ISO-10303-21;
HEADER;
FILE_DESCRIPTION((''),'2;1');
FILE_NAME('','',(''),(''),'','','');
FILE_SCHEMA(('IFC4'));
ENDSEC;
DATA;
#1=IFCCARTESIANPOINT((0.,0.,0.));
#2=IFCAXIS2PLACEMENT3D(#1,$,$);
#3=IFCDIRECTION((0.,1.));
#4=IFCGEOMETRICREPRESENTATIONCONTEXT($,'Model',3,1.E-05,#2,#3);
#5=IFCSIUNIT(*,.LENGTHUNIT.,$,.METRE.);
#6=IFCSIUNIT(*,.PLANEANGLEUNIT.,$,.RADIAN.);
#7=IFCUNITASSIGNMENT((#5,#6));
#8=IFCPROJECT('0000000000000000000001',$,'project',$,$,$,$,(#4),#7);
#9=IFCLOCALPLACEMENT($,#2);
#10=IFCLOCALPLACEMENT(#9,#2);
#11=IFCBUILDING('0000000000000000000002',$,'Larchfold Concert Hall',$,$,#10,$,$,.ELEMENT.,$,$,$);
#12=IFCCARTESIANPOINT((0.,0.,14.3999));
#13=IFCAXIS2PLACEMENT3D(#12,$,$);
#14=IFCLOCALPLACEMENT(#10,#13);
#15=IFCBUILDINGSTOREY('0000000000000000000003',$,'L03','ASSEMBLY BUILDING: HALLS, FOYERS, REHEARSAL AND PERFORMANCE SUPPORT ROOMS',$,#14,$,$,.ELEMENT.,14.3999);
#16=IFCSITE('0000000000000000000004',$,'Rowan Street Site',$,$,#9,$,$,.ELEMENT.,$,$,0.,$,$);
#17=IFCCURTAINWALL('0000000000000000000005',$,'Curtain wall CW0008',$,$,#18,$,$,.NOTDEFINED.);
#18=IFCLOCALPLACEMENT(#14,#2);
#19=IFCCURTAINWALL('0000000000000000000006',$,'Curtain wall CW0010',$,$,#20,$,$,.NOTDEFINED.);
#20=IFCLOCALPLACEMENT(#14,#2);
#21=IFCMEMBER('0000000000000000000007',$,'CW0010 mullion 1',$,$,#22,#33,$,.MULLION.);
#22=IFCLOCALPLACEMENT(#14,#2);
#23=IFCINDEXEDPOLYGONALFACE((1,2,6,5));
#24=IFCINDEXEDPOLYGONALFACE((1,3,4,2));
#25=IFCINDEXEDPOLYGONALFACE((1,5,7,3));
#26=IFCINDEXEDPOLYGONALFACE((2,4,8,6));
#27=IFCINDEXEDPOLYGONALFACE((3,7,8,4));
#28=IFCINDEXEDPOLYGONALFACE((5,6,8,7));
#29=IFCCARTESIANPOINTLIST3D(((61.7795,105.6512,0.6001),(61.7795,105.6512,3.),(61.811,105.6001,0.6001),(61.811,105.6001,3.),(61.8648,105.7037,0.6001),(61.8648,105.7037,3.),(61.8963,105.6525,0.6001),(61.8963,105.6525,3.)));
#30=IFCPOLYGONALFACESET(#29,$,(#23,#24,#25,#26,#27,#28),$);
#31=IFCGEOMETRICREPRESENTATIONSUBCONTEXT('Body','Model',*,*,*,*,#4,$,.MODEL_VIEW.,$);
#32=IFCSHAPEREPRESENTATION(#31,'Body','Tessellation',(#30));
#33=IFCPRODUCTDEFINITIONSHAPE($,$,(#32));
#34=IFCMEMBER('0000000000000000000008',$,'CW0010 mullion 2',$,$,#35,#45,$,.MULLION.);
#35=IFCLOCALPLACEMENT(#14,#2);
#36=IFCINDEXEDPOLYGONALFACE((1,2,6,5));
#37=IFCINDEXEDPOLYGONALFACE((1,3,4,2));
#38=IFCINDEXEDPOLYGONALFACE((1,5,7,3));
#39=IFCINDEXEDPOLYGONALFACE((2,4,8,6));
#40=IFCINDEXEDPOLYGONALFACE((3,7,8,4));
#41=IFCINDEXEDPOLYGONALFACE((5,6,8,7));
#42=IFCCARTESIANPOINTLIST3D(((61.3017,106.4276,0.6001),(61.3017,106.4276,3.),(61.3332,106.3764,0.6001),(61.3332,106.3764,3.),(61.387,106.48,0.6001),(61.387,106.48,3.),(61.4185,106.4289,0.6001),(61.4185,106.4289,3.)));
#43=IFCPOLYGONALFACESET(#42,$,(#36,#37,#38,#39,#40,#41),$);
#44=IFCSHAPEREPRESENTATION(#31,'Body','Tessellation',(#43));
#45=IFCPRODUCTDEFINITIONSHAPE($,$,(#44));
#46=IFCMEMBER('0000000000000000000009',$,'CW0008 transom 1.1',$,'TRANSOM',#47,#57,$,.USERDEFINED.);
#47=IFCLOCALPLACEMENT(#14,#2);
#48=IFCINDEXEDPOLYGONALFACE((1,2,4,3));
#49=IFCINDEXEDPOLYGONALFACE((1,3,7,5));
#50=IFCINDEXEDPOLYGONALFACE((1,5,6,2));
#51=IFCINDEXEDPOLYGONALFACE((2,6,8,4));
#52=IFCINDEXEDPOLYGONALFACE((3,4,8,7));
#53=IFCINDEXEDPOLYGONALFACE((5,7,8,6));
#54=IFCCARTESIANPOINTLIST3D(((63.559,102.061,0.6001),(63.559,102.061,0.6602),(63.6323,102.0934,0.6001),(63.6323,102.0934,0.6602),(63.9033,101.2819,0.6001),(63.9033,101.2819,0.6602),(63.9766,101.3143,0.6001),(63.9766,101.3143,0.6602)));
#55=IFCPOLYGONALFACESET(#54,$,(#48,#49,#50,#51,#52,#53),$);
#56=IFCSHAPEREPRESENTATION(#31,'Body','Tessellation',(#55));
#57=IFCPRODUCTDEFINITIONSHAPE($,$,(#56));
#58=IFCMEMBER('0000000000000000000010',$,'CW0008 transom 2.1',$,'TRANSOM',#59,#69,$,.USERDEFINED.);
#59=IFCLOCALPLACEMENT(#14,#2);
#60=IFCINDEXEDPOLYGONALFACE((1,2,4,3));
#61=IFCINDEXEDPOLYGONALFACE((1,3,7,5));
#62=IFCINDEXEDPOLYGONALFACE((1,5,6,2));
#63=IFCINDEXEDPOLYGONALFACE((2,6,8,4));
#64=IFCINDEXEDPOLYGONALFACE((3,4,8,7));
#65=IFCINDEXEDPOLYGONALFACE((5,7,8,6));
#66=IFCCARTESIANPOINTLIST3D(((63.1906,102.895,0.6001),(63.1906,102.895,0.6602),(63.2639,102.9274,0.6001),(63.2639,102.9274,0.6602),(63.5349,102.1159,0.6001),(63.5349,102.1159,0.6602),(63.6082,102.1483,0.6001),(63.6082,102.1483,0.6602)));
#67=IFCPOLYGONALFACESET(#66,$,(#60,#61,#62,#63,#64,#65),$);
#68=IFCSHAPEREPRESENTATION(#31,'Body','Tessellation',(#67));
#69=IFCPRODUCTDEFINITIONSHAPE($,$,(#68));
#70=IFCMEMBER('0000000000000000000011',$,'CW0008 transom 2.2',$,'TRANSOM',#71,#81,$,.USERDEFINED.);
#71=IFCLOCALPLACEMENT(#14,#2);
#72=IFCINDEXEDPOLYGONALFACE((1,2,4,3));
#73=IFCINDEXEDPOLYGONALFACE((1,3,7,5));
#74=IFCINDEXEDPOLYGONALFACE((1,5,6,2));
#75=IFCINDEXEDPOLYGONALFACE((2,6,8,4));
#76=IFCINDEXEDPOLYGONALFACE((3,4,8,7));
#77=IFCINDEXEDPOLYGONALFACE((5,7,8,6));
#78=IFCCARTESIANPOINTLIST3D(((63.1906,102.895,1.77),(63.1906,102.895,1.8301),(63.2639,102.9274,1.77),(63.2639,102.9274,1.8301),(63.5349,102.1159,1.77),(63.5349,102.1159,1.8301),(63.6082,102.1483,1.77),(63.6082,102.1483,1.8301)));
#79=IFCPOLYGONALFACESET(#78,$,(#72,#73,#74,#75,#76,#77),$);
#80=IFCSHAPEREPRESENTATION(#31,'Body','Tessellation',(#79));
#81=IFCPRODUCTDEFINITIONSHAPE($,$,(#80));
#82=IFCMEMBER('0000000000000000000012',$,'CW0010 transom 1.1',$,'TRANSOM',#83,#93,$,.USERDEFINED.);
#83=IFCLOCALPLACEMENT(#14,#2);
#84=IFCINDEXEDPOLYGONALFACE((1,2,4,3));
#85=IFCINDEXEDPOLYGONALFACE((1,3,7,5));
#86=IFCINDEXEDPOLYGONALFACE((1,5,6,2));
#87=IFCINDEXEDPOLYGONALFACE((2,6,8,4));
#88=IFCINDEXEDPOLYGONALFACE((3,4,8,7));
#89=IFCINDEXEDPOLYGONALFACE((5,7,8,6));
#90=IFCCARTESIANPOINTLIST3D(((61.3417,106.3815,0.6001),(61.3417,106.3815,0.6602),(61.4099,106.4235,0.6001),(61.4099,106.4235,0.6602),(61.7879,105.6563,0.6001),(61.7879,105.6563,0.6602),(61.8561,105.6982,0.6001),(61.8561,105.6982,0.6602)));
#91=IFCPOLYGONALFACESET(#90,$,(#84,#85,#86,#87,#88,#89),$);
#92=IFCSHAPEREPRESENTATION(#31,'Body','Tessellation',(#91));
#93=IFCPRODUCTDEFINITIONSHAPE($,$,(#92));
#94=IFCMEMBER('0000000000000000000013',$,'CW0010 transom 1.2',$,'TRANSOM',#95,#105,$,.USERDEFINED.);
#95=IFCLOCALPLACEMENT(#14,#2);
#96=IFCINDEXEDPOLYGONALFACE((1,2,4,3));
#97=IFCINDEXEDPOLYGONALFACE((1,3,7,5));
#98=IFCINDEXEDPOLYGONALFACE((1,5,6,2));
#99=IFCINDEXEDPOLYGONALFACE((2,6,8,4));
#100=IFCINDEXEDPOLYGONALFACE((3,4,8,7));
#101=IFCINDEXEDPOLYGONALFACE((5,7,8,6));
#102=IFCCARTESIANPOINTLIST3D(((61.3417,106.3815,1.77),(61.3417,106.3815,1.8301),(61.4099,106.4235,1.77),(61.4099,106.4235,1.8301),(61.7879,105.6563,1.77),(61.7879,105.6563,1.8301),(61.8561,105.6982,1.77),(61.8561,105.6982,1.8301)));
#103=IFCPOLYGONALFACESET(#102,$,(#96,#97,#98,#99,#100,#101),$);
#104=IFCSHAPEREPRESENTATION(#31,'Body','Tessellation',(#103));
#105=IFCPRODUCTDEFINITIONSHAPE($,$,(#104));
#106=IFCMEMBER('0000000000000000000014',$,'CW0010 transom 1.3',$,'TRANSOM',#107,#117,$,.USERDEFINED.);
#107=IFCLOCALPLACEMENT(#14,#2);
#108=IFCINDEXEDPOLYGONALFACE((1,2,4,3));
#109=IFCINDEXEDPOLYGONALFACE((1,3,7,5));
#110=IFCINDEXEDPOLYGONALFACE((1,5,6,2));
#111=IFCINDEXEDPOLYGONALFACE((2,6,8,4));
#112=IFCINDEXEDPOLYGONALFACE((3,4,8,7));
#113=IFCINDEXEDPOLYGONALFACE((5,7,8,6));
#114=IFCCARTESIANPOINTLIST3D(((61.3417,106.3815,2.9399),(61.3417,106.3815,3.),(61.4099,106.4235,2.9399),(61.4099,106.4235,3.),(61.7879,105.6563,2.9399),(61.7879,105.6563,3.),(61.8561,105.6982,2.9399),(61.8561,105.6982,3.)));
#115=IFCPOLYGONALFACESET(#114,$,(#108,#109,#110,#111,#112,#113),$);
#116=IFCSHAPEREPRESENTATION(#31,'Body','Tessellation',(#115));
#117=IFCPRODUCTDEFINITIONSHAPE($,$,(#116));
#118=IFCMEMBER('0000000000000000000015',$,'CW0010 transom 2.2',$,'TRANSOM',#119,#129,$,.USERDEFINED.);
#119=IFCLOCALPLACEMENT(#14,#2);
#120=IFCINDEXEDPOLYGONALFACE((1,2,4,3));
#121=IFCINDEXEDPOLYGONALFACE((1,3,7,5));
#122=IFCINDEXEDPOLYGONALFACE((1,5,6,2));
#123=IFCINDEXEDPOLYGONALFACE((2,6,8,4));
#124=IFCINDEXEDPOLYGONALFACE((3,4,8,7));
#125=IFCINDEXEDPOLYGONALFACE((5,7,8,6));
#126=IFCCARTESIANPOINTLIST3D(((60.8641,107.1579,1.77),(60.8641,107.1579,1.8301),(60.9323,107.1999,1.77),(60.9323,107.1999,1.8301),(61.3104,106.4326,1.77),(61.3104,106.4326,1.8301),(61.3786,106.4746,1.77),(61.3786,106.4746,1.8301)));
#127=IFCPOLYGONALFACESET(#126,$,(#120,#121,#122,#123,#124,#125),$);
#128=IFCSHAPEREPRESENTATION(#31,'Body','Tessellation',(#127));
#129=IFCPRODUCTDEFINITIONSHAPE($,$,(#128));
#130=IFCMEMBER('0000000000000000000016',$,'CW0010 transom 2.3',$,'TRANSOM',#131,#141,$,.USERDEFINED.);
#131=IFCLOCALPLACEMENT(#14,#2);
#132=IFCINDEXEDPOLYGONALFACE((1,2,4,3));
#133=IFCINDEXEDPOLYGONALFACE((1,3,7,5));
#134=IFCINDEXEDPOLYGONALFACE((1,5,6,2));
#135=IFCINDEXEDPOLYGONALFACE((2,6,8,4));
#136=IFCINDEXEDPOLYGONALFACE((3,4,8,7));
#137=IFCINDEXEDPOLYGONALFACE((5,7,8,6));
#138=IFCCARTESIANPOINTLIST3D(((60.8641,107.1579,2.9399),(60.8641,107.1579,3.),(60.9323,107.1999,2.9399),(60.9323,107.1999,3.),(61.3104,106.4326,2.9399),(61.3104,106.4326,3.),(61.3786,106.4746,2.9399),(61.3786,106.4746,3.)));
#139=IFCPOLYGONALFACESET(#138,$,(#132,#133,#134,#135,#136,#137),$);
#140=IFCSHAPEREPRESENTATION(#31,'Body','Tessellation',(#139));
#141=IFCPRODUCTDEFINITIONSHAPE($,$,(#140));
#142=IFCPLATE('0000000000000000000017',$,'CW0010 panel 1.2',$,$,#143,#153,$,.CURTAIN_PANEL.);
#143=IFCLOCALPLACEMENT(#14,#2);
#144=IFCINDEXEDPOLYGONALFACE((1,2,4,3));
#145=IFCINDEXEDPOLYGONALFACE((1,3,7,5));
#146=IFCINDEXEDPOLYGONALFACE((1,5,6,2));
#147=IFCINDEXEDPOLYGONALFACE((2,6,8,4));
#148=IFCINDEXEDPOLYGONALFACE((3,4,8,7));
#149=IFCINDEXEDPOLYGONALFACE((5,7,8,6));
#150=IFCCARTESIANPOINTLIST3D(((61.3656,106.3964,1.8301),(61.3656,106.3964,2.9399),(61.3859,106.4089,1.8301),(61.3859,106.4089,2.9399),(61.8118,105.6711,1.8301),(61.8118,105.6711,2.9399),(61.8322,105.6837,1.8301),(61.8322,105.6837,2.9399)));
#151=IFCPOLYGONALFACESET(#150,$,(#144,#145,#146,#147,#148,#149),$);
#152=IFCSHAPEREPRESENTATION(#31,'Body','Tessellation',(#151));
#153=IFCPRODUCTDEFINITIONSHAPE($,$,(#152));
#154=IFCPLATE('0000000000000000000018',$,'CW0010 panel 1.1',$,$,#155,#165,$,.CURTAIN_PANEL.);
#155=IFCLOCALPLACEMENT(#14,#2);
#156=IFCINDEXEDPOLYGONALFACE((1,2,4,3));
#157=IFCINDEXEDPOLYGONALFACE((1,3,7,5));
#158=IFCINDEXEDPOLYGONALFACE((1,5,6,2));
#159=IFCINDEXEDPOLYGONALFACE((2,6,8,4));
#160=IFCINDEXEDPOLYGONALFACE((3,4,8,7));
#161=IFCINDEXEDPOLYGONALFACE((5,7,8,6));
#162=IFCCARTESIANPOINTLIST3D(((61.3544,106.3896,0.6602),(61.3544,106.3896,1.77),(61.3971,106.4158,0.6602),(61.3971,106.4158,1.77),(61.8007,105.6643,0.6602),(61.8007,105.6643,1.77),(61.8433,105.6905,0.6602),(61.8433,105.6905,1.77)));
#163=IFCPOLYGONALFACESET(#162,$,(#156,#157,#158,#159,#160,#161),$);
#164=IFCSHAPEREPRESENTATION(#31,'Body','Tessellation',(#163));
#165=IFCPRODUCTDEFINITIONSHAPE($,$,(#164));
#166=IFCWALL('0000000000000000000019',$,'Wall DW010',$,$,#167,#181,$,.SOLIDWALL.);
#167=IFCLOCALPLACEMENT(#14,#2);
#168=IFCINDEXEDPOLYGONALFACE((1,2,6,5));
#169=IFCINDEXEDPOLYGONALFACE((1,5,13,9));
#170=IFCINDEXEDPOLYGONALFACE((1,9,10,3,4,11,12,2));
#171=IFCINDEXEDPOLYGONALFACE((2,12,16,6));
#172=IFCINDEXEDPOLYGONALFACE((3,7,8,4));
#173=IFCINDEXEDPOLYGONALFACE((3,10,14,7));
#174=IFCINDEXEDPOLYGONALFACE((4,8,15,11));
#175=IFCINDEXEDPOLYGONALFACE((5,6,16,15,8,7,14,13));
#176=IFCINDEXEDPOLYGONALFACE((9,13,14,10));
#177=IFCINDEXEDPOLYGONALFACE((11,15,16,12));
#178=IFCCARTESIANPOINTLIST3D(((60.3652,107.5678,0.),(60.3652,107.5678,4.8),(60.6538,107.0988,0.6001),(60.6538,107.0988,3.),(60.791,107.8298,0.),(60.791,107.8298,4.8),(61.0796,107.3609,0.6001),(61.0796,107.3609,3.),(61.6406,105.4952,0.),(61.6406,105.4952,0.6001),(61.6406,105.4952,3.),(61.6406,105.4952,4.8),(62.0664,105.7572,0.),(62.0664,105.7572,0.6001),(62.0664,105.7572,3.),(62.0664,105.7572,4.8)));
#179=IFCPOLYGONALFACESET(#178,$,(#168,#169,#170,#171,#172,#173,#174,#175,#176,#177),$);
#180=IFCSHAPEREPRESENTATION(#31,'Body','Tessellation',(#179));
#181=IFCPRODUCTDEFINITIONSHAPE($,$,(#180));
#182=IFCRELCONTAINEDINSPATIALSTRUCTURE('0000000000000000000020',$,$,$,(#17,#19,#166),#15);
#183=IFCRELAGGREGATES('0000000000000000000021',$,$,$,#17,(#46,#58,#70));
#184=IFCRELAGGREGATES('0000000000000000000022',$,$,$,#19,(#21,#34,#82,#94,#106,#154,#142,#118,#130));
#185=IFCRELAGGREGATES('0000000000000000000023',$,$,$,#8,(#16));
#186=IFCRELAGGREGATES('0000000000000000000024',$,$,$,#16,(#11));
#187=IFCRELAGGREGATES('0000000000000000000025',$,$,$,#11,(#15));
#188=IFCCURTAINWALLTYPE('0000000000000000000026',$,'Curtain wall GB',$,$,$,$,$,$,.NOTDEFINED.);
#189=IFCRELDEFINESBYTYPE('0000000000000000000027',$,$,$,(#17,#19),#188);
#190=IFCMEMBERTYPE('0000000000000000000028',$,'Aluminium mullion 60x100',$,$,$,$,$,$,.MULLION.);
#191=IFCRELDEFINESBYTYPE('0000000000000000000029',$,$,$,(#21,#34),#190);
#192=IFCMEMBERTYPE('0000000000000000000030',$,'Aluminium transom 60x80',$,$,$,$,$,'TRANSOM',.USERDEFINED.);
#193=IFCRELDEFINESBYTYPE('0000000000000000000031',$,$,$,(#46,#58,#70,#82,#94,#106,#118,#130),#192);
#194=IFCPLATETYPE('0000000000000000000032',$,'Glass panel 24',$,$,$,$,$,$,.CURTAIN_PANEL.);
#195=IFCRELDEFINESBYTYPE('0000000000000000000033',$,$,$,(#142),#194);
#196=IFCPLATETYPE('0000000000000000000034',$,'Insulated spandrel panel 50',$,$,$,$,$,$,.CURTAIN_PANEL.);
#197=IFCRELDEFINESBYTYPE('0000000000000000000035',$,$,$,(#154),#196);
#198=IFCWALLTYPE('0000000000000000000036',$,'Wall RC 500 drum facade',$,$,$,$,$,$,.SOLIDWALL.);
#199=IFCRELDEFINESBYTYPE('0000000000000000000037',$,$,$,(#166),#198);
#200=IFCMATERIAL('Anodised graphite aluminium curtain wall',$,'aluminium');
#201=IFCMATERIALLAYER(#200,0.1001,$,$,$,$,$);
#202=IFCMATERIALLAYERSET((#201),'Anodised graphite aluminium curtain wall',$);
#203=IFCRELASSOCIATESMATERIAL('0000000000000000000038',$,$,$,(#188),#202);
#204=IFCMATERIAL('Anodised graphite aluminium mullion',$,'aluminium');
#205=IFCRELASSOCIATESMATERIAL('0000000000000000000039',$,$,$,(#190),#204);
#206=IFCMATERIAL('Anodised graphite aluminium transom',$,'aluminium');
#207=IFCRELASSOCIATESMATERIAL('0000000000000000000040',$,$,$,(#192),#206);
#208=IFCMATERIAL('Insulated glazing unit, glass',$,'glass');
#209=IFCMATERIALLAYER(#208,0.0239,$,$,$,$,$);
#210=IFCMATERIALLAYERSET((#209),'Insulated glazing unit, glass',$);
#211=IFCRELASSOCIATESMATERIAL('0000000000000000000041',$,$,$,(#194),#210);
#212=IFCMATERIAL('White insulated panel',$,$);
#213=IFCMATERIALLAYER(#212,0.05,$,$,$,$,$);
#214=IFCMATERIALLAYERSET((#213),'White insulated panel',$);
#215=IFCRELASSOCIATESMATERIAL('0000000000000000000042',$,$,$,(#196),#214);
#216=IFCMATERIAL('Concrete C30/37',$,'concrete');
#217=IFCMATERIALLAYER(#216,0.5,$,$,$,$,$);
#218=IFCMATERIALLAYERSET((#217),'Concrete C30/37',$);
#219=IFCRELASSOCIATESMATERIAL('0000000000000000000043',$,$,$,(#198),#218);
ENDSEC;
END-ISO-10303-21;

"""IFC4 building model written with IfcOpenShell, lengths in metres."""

from ifc_helpers import new_model, si_unit, direction, frame, frame_2d, origin, origin_2d, place, context, subcontext, project, spatial, rectangle, extrude, material, layer, layer_set, material_profile, profile_set, type_object, element, fill, aggregate, save


model = new_model("IFC4")

# Units and contexts
model_context = context("Model", 3, precision=1e-05, world=origin(), true_north=direction((0.0, 1.0)))
body_context = subcontext(model_context, "Body", "Model", "MODEL_VIEW")
ifc_project = project(units=[si_unit("LENGTHUNIT", "METRE"), si_unit("PLANEANGLEUNIT", "RADIAN")], contexts=[model_context])

# Site, building, storey
site_placement = place(None, origin())
site = spatial("IfcSite", under=ifc_project, at=site_placement, Name="Rowan Street Site", CompositionType="ELEMENT", RefElevation=0.0)
building_placement = place(site_placement, origin())
building = spatial("IfcBuilding", under=site, at=building_placement, Name="Larchfold Concert Hall", CompositionType="ELEMENT")
storey_placement = place(building_placement, frame((0.0, 0.0, 14.3999)))
storey = spatial("IfcBuildingStorey", under=building, at=storey_placement, Name="L03", Description="ASSEMBLY BUILDING: HALLS, FOYERS, REHEARSAL AND PERFORMANCE SUPPORT ROOMS", CompositionType="ELEMENT", Elevation=14.3999)

# Curtain walls, members
ifc_material_1 = material(Name="Anodised graphite aluminium curtain wall", Category="aluminium")
ifc_layer_1 = layer(ifc_material_1, 0.1001)
ifc_layer_set_1 = layer_set([ifc_layer_1], Name="Anodised graphite aluminium curtain wall")
curtain_wall_type = type_object("IfcCurtainWallType", Name="Curtain wall GB", PredefinedType="NOTDEFINED", material=ifc_layer_set_1)
curtain_wall_1_placement = place(storey_placement, origin())
curtain_wall_1 = element("IfcCurtainWall", 1, at=curtain_wall_1_placement, inside=storey, type_object=curtain_wall_type, Name="Curtain wall CW0008", PredefinedType="NOTDEFINED")
ifc_material_2 = material(Name="Anodised graphite aluminium mullion", Category="aluminium")
ifc_material_profile_1 = material_profile(ifc_material_2, rectangle(XDim=0.1001, YDim=0.0601, at=origin_2d()))
ifc_profile_set_1 = profile_set([ifc_material_profile_1], Name="Anodised graphite aluminium mullion")
member_type_1 = type_object("IfcMemberType", Name="Aluminium mullion 60x100", PredefinedType="MULLION", material=ifc_profile_set_1)
curtain_wall_2_placement = place(storey_placement, origin())
curtain_wall_2 = element("IfcCurtainWall", 2, at=curtain_wall_2_placement, inside=storey, type_object=curtain_wall_type, Name="Curtain wall CW0010", PredefinedType="NOTDEFINED")
member_1_placement = place(storey_placement, frame((61.8379, 105.6519, 0.6001), z_axis=(0.0, 0.0, 1.0), x_axis=(-0.851685, -0.524054, 0.0)))
member_1 = element("IfcMember", 3, at=member_1_placement, type_object=member_type_1, Name="CW0010 mullion 1", PredefinedType="MULLION", context=body_context, shape_type="SweptSolid", body=[
    extrude(rectangle(XDim=0.1001, YDim=0.0601, at=origin_2d()), origin(), (0.0, 0.0, 1.0), 2.3999),
])
member_2_placement = place(storey_placement, frame((61.3601, 106.4282, 0.6001), z_axis=(0.0, 0.0, 1.0), x_axis=(-0.851685, -0.524054, 0.0)))
member_2 = element("IfcMember", 4, at=member_2_placement, type_object=member_type_1, Name="CW0010 mullion 2", PredefinedType="MULLION", context=body_context, shape_type="SweptSolid", body=[
    extrude(rectangle(XDim=0.1001, YDim=0.0601, at=origin_2d()), origin(), (0.0, 0.0, 1.0), 2.3999),
])

# Members
ifc_material_3 = material(Name="Anodised graphite aluminium transom", Category="aluminium")
ifc_material_profile_2 = material_profile(ifc_material_3, rectangle(XDim=0.0801, YDim=0.0601, at=origin_2d()))
ifc_profile_set_2 = profile_set([ifc_material_profile_2], Name="Anodised graphite aluminium transom")
member_type_2 = type_object("IfcMemberType", Name="Aluminium transom 60x80", ElementType="TRANSOM", PredefinedType="USERDEFINED", material=ifc_profile_set_2)
member_3_placement = place(storey_placement, frame((63.9399, 101.2981, 0.6301), z_axis=(-0.404169, 0.914684, 0.0), x_axis=(-0.914684, -0.404169, 0.0)))
member_3 = element("IfcMember", 5, at=member_3_placement, type_object=member_type_2, Name="CW0008 transom 1.1", ObjectType="TRANSOM", PredefinedType="USERDEFINED", context=body_context, shape_type="SweptSolid", body=[
    extrude(rectangle(XDim=0.0801, YDim=0.0601, at=origin_2d()), origin(), (0.0, 0.0, 1.0), 0.8518),
])
member_4_placement = place(storey_placement, frame((63.5715, 102.1321, 0.6301), z_axis=(-0.404169, 0.914684, 0.0), x_axis=(-0.914684, -0.404169, 0.0)))
member_4 = element("IfcMember", 6, at=member_4_placement, type_object=member_type_2, Name="CW0008 transom 2.1", ObjectType="TRANSOM", PredefinedType="USERDEFINED", context=body_context, shape_type="SweptSolid", body=[
    extrude(rectangle(XDim=0.0801, YDim=0.0601, at=origin_2d()), origin(), (0.0, 0.0, 1.0), 0.8518),
])
member_5_placement = place(storey_placement, frame((63.5715, 102.1321, 1.8), z_axis=(-0.404169, 0.914684, 0.0), x_axis=(-0.914684, -0.404169, 0.0)))
member_5 = element("IfcMember", 7, at=member_5_placement, type_object=member_type_2, Name="CW0008 transom 2.2", ObjectType="TRANSOM", PredefinedType="USERDEFINED", context=body_context, shape_type="SweptSolid", body=[
    extrude(rectangle(XDim=0.0801, YDim=0.0601, at=origin_2d()), origin(), (0.0, 0.0, 1.0), 0.8518),
])
member_6_placement = place(storey_placement, frame((61.822, 105.6772, 0.6301), z_axis=(-0.524033, 0.851698, 0.0), x_axis=(-0.851698, -0.524033, 0.0)))
member_6 = element("IfcMember", 8, at=member_6_placement, type_object=member_type_2, Name="CW0010 transom 1.1", ObjectType="TRANSOM", PredefinedType="USERDEFINED", context=body_context, shape_type="SweptSolid", body=[
    extrude(rectangle(XDim=0.0801, YDim=0.0601, at=origin_2d()), origin(), (0.0, 0.0, 1.0), 0.8516),
])
member_7_placement = place(storey_placement, frame((61.822, 105.6772, 1.8), z_axis=(-0.524033, 0.851698, 0.0), x_axis=(-0.851698, -0.524033, 0.0)))
member_7 = element("IfcMember", 9, at=member_7_placement, type_object=member_type_2, Name="CW0010 transom 1.2", ObjectType="TRANSOM", PredefinedType="USERDEFINED", context=body_context, shape_type="SweptSolid", body=[
    extrude(rectangle(XDim=0.0801, YDim=0.0601, at=origin_2d()), origin(), (0.0, 0.0, 1.0), 0.8516),
])
member_8_placement = place(storey_placement, frame((61.822, 105.6772, 2.97), z_axis=(-0.524033, 0.851698, 0.0), x_axis=(-0.851698, -0.524033, 0.0)))
member_8 = element("IfcMember", 10, at=member_8_placement, type_object=member_type_2, Name="CW0010 transom 1.3", ObjectType="TRANSOM", PredefinedType="USERDEFINED", context=body_context, shape_type="SweptSolid", body=[
    extrude(rectangle(XDim=0.0801, YDim=0.0601, at=origin_2d()), origin(), (0.0, 0.0, 1.0), 0.8516),
])
member_9_placement = place(storey_placement, frame((61.3445, 106.4536, 1.8), z_axis=(-0.524033, 0.851698, 0.0), x_axis=(-0.851698, -0.524033, 0.0)))
member_9 = element("IfcMember", 11, at=member_9_placement, type_object=member_type_2, Name="CW0010 transom 2.2", ObjectType="TRANSOM", PredefinedType="USERDEFINED", context=body_context, shape_type="SweptSolid", body=[
    extrude(rectangle(XDim=0.0801, YDim=0.0601, at=origin_2d()), origin(), (0.0, 0.0, 1.0), 0.8516),
])
member_10_placement = place(storey_placement, frame((61.3445, 106.4536, 2.97), z_axis=(-0.524033, 0.851698, 0.0), x_axis=(-0.851698, -0.524033, 0.0)))
member_10 = element("IfcMember", 12, at=member_10_placement, type_object=member_type_2, Name="CW0010 transom 2.3", ObjectType="TRANSOM", PredefinedType="USERDEFINED", context=body_context, shape_type="SweptSolid", body=[
    extrude(rectangle(XDim=0.0801, YDim=0.0601, at=origin_2d()), origin(), (0.0, 0.0, 1.0), 0.8516),
])

# Plates
ifc_material_4 = material(Name="Insulated glazing unit, glass", Category="glass")
ifc_layer_2 = layer(ifc_material_4, 0.0239)
ifc_layer_set_2 = layer_set([ifc_layer_2], Name="Insulated glazing unit, glass")
plate_type_1 = type_object("IfcPlateType", Name="Glass panel 24", PredefinedType="CURTAIN_PANEL", material=ifc_layer_set_2)
plate_1_placement = place(storey_placement, frame((61.5989, 106.04, 1.8301), z_axis=(0.0, 0.0, 1.0), x_axis=(-0.524054, 0.851685, 0.0)))
plate_1 = element("IfcPlate", 13, at=plate_1_placement, type_object=plate_type_1, Name="CW0010 panel 1.2", PredefinedType="CURTAIN_PANEL", context=body_context, shape_type="SweptSolid", body=[
    extrude(rectangle(XDim=0.8516, YDim=0.0239, at=origin_2d()), origin(), (0.0, 0.0, 1.0), 1.1099),
])
ifc_material_5 = material(Name="White insulated panel")
ifc_layer_3 = layer(ifc_material_5, 0.05)
ifc_layer_set_3 = layer_set([ifc_layer_3], Name="White insulated panel")
plate_type_2 = type_object("IfcPlateType", Name="Insulated spandrel panel 50", PredefinedType="CURTAIN_PANEL", material=ifc_layer_set_3)
aggregate(curtain_wall_1, [member_3, member_4, member_5])
plate_2_placement = place(storey_placement, frame((61.5989, 106.04, 0.6602), z_axis=(0.0, 0.0, 1.0), x_axis=(-0.524054, 0.851685, 0.0)))
plate_2 = element("IfcPlate", 14, at=plate_2_placement, type_object=plate_type_2, Name="CW0010 panel 1.1", PredefinedType="CURTAIN_PANEL", context=body_context, shape_type="SweptSolid", body=[
    extrude(rectangle(XDim=0.8516, YDim=0.05, at=origin_2d()), origin(), (0.0, 0.0, 1.0), 1.1099),
])
aggregate(curtain_wall_2, [member_1, member_2, member_6, member_7, member_8, plate_2, plate_1, member_9, member_10])

# Wall, opening
ifc_material_6 = material(Name="Concrete C30/37", Category="concrete")
ifc_layer_4 = layer(ifc_material_6, 0.5)
ifc_layer_set_4 = layer_set([ifc_layer_4], Name="Concrete C30/37")
wall_type = type_object("IfcWallType", Name="Wall RC 500 drum facade", PredefinedType="SOLIDWALL", material=ifc_layer_set_4)
wall_1_placement = place(storey_placement, frame((61.8535, 105.6262, 0.0), z_axis=(0.0, 0.0, 1.0), x_axis=(-0.524097, 0.851658, 0.0)))
wall_1 = element("IfcWall", 15, at=wall_1_placement, inside=storey, type_object=wall_type, Name="Wall DW010", PredefinedType="SOLIDWALL", context=body_context, shape_type="SweptSolid", body=[
    extrude(rectangle(XDim=2.4336, YDim=0.5, at=frame_2d((1.2168, 0.0))), origin(), (0.0, 0.0, 1.0), 4.8),
])
opening_1_placement = place(wall_1_placement, frame((0.0, 0.0, 0.6001)))
opening_1 = element("IfcOpeningElement", 16, at=opening_1_placement, cuts=wall_1, PredefinedType="OPENING", context=body_context, shape_type="SweptSolid", body=[
    extrude(rectangle(XDim=1.8831, YDim=2.3999, at=frame_2d((0.9414, 1.2))), frame((0.0, 0.26, 0.0), z_axis=(0.0, -1.0, 0.0), x_axis=(1.0, 0.0, 0.0)), (0.0, 0.0, 1.0), 0.52),
])
fill(opening_1, curtain_wall_2)

save(model, "model.ifc")
